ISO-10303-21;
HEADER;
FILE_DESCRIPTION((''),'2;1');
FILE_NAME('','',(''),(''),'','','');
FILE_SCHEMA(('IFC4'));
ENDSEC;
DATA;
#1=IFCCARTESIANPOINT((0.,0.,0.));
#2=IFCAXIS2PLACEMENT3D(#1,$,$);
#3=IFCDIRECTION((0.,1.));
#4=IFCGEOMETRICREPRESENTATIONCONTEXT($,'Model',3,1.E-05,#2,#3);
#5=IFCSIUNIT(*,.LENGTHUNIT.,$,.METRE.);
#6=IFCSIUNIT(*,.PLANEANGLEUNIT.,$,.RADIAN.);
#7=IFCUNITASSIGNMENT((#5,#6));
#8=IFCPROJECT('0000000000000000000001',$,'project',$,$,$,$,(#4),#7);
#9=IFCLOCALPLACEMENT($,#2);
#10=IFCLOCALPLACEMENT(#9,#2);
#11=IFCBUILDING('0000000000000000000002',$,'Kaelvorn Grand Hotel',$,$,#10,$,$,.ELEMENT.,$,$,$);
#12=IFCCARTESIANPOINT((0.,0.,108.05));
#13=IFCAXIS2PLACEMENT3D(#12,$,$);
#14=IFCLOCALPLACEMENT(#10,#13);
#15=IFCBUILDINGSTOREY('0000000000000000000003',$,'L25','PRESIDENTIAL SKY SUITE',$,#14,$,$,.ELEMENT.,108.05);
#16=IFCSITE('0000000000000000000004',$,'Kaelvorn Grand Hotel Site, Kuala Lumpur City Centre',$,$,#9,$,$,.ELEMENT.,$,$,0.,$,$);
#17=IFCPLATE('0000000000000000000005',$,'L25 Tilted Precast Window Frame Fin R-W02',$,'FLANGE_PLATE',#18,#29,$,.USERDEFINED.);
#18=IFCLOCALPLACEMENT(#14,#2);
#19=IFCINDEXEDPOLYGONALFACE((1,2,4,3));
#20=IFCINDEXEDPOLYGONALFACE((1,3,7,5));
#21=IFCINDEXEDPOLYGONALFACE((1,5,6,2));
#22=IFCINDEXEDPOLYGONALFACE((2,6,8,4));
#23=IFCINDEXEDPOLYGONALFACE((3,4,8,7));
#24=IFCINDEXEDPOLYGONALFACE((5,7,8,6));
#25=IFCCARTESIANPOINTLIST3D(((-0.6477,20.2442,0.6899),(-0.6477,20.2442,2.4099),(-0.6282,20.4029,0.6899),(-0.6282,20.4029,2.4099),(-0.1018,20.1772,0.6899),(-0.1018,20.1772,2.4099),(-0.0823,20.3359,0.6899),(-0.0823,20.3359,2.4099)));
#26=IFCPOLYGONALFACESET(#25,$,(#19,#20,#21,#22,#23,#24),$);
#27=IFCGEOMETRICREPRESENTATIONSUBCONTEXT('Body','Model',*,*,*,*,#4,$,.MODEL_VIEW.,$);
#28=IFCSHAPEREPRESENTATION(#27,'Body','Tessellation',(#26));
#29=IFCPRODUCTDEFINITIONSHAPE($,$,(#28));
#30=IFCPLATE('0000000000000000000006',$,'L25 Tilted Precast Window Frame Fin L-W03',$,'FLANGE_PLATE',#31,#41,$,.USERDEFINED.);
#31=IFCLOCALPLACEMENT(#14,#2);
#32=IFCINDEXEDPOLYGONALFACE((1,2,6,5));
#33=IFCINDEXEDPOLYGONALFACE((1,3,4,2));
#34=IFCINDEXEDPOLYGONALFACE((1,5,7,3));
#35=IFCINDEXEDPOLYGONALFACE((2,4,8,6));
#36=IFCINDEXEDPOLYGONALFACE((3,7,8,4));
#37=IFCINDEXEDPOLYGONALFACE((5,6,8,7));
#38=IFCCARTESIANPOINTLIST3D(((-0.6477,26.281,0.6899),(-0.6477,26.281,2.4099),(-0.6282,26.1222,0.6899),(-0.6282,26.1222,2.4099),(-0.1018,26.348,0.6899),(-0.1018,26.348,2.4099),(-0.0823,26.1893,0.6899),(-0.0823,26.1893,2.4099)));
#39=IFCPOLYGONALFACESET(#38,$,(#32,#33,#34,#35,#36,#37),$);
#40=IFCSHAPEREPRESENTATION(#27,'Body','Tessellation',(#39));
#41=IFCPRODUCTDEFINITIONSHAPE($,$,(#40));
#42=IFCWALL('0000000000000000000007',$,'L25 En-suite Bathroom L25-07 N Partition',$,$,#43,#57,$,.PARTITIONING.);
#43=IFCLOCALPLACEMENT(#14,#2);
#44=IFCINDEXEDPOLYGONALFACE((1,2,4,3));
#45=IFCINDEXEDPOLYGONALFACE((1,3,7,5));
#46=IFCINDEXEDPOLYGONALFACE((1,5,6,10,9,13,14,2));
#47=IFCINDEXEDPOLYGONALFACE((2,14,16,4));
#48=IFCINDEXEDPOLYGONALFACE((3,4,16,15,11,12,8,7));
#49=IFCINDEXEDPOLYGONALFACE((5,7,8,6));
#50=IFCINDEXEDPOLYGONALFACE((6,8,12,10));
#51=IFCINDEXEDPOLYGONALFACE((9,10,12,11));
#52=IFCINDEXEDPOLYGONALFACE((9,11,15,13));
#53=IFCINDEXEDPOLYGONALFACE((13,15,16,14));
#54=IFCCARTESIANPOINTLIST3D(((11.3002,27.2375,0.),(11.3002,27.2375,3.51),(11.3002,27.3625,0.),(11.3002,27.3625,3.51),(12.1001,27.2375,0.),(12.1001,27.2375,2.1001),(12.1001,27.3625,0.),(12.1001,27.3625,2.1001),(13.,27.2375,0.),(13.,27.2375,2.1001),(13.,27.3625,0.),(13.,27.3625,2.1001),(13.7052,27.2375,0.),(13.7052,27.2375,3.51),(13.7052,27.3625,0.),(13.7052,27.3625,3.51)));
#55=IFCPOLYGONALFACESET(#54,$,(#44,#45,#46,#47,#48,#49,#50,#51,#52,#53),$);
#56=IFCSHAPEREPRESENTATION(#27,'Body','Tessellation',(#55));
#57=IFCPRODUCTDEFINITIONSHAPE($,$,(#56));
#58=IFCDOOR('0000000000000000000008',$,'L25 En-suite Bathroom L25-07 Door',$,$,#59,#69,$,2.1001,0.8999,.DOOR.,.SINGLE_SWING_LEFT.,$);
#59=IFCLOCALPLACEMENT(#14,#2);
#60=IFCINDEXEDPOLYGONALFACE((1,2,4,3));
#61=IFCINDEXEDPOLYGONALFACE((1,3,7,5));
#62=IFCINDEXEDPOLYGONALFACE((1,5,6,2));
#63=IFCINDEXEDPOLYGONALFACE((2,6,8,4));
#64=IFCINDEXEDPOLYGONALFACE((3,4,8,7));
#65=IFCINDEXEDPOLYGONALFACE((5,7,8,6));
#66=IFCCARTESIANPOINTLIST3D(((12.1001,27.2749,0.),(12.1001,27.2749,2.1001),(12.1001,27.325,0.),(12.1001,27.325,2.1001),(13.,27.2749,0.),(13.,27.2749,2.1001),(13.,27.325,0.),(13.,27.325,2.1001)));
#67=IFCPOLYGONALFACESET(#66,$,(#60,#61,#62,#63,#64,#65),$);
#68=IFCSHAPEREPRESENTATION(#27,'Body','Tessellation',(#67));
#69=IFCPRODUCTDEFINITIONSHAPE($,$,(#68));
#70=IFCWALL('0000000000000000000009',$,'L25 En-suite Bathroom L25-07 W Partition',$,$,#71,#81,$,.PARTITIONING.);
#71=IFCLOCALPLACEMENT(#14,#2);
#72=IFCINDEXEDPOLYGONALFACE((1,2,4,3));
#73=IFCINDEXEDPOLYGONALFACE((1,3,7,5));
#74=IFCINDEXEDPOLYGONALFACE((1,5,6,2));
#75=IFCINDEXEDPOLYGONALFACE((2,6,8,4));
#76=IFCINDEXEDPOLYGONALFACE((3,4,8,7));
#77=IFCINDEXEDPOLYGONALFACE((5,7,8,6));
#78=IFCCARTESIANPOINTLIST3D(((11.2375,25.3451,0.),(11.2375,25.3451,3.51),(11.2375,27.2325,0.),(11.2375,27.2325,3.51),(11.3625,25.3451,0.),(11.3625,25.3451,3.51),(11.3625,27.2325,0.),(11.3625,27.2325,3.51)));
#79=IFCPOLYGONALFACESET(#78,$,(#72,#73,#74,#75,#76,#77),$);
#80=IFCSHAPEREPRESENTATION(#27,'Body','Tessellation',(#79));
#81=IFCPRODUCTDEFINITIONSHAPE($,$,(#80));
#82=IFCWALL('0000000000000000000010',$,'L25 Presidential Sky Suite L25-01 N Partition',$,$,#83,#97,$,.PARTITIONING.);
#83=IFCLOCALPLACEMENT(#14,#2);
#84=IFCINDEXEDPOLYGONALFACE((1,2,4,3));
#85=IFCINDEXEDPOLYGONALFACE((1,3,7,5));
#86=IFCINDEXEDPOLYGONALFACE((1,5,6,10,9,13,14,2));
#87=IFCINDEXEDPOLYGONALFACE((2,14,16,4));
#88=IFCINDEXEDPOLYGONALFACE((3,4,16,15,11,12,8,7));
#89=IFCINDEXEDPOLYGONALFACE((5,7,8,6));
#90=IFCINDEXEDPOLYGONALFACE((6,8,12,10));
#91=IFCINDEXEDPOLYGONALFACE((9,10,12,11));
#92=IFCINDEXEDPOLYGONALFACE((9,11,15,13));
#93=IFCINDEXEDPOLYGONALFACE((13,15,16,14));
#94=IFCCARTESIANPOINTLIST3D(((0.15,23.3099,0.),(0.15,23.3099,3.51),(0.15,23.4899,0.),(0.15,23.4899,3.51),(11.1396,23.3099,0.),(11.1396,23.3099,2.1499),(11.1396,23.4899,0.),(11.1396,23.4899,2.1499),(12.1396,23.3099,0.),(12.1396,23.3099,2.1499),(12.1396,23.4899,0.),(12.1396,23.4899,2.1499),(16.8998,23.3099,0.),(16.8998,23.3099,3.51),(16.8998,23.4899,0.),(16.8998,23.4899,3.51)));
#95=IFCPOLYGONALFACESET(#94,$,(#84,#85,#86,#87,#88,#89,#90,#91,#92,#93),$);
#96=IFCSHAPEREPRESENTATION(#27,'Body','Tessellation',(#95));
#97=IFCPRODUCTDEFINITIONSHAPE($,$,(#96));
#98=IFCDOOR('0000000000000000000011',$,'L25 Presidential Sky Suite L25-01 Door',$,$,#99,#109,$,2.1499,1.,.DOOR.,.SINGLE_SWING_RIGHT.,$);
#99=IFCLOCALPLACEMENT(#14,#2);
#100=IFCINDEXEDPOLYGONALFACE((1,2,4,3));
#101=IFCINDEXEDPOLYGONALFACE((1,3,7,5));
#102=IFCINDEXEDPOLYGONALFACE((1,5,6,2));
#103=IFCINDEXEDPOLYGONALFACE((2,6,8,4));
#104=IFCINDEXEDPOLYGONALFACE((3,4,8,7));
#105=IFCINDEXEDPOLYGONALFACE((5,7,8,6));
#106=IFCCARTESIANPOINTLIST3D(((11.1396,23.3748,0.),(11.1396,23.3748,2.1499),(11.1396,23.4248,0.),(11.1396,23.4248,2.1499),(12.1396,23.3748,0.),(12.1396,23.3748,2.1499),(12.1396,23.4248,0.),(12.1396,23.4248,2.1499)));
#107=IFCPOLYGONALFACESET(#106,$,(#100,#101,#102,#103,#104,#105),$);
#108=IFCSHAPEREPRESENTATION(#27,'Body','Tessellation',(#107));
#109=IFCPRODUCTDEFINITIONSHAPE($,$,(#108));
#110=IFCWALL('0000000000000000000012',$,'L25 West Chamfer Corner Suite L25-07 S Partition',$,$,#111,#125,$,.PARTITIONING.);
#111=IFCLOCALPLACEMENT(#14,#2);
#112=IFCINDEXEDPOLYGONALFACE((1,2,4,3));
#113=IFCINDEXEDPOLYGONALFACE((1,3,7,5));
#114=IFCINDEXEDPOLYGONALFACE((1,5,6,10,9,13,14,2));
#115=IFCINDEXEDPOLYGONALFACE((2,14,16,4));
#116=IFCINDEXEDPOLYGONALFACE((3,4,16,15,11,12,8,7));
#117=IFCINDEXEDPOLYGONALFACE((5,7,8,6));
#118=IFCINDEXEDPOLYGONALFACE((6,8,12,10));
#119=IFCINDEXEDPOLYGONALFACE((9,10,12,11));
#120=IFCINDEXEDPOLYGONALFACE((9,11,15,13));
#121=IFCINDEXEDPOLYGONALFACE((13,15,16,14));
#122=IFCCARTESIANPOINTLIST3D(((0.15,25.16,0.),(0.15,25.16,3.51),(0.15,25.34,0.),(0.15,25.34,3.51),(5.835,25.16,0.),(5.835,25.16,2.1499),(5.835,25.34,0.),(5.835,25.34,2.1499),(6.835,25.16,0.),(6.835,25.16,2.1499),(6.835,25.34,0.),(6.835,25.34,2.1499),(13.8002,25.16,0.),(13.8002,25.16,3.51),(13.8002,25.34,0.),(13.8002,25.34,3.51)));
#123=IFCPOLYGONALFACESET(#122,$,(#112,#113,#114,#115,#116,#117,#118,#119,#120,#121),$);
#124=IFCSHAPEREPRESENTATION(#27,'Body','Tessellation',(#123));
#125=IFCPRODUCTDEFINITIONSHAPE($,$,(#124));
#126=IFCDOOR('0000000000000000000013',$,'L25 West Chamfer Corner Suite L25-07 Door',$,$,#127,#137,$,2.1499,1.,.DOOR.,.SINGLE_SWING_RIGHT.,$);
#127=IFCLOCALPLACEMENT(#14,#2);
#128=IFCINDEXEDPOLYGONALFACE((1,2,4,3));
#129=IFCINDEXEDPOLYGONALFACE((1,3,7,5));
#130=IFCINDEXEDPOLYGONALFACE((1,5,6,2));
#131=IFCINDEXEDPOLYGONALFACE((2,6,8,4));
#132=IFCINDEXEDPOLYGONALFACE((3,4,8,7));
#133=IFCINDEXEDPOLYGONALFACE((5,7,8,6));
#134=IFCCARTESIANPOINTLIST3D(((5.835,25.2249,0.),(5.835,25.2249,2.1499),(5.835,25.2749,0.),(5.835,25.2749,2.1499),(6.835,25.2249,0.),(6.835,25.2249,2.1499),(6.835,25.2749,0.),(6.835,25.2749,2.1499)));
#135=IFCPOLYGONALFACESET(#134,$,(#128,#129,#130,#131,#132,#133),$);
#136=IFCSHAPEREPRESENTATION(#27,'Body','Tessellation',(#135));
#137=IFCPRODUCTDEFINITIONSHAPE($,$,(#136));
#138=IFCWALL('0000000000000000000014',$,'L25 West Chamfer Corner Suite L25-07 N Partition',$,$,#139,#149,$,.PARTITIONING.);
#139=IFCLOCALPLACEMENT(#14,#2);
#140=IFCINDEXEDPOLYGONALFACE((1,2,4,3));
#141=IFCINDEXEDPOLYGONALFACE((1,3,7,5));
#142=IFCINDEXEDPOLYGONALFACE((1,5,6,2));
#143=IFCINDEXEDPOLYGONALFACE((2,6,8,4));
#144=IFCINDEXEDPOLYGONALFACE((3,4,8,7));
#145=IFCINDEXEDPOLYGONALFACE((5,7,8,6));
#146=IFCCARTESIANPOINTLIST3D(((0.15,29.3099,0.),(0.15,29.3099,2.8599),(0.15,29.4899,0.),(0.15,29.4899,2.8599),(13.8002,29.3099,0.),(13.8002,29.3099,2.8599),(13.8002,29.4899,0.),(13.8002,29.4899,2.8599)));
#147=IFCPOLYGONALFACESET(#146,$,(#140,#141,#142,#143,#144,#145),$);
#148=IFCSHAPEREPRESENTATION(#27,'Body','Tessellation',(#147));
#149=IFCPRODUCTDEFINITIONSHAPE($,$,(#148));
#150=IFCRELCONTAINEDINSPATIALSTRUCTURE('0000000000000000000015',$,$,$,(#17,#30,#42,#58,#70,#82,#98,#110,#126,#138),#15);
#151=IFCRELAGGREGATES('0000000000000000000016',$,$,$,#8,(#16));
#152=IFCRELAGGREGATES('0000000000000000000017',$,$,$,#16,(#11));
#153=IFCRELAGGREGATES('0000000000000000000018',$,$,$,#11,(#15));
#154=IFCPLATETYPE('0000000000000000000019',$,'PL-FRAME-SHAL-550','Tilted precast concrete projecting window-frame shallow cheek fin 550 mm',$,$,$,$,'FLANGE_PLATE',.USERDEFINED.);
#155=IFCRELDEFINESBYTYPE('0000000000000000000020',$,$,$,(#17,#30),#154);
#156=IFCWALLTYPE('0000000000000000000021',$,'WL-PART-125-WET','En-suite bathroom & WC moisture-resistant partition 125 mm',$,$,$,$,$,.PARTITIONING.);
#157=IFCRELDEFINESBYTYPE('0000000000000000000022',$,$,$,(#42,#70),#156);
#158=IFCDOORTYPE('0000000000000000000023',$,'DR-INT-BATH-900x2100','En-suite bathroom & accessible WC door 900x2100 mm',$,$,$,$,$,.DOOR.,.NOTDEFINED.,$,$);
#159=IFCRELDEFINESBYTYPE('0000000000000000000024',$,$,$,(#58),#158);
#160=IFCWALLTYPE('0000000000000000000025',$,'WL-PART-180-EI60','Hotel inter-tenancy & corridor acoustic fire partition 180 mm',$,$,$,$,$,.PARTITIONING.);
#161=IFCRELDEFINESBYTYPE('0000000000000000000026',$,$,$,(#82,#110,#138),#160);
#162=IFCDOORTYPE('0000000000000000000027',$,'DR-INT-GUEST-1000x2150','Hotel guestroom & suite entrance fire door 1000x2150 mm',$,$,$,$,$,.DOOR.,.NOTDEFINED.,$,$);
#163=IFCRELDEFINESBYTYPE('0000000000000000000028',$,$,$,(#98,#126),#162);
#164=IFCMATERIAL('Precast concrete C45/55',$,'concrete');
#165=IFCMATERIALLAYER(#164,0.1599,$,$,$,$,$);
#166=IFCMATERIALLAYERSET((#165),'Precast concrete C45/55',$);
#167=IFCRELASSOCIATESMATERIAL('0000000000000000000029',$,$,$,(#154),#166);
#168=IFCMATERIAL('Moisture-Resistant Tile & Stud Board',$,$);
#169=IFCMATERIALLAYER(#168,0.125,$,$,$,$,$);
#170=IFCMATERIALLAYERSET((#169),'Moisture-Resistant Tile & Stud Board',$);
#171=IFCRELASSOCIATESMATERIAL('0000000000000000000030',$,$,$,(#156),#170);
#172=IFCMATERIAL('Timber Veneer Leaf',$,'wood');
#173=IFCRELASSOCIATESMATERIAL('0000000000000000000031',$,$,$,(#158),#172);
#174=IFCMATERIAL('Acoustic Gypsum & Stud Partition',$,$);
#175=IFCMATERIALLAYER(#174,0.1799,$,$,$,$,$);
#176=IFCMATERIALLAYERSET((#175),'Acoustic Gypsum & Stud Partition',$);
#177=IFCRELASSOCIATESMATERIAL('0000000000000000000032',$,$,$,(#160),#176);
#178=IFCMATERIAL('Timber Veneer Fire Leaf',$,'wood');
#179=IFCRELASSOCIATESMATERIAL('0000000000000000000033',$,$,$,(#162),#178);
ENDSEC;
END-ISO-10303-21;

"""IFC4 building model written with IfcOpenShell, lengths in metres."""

from ifc_helpers import new_model, si_unit, direction, frame, frame_2d, origin, origin_2d, place, context, subcontext, project, spatial, rectangle, extrude, material, layer, layer_set, type_object, element, fill, save


model = new_model("IFC4")

# Units and contexts
model_context = context("Model", 3, precision=1e-05, world=origin(), true_north=direction((0.0, 1.0)))
body_context = subcontext(model_context, "Body", "Model", "MODEL_VIEW")
ifc_project = project(units=[si_unit("LENGTHUNIT", "METRE"), si_unit("PLANEANGLEUNIT", "RADIAN")], contexts=[model_context])

# Site, building, storey
site_placement = place(None, origin())
site = spatial("IfcSite", under=ifc_project, at=site_placement, Name="Kaelvorn Grand Hotel Site, Kuala Lumpur City Centre", CompositionType="ELEMENT", RefElevation=0.0)
building_placement = place(site_placement, origin())
building = spatial("IfcBuilding", under=site, at=building_placement, Name="Kaelvorn Grand Hotel", CompositionType="ELEMENT")
storey_placement = place(building_placement, frame((0.0, 0.0, 108.05)))
storey = spatial("IfcBuildingStorey", under=building, at=storey_placement, Name="L25", Description="PRESIDENTIAL SKY SUITE", CompositionType="ELEMENT", Elevation=108.05)

# Plates
ifc_material_1 = material(Name="Precast concrete C45/55", Category="concrete")
ifc_layer_1 = layer(ifc_material_1, 0.1599)
ifc_layer_set_1 = layer_set([ifc_layer_1], Name="Precast concrete C45/55")
plate_type_1 = type_object("IfcPlateType", Name="PL-FRAME-SHAL-550", Description="Tilted precast concrete projecting window-frame shallow cheek fin 550 mm", ElementType="FLANGE_PLATE", PredefinedType="USERDEFINED", material=ifc_layer_set_1)
for number, where, z_axis, x_axis, name in (
    (1, (-0.365, 20.29, 0.6899), (0.0, 0.0, 1.0), (0.121869, 0.992546, 0.0), "L25 Tilted Precast Window Frame Fin R-W02"),
    (2, (-0.365, 26.2351, 0.6899), (0.0, 0.0, 1.0), (-0.121869, 0.992546, 0.0), "L25 Tilted Precast Window Frame Fin L-W03"),
):
    element("IfcPlate", number, at=place(storey_placement, frame(where, z_axis=z_axis, x_axis=x_axis)), inside=storey, type_object=plate_type_1, Name=name, ObjectType="FLANGE_PLATE", PredefinedType="USERDEFINED", context=body_context, shape_type="SweptSolid", body=[
        extrude(rectangle(XDim=0.1599, YDim=0.55, at=origin_2d()), origin(), (0.0, 0.0, 1.0), 1.72),
    ])

# Wall, opening, door
ifc_material_2 = material(Name="Moisture-Resistant Tile & Stud Board")
ifc_layer_2 = layer(ifc_material_2, 0.125)
ifc_layer_set_2 = layer_set([ifc_layer_2], Name="Moisture-Resistant Tile & Stud Board")
wall_type_1 = type_object("IfcWallType", Name="WL-PART-125-WET", Description="En-suite bathroom & WC moisture-resistant partition 125 mm", PredefinedType="PARTITIONING", material=ifc_layer_set_2)
wall_1_placement = place(storey_placement, frame((11.3, 27.3, 0.0), z_axis=(0.0, 0.0, 1.0), x_axis=(1.0, 0.0, 0.0)))
wall_1 = element("IfcWall", 3, at=wall_1_placement, inside=storey, type_object=wall_type_1, Name="L25 En-suite Bathroom L25-07 N Partition", PredefinedType="PARTITIONING", context=body_context, shape_type="SweptSolid", body=[
    extrude(rectangle(XDim=2.405, YDim=0.125, at=frame_2d((1.2026, 0.0))), origin(), (0.0, 0.0, 1.0), 3.51),
])
opening_1_placement = place(wall_1_placement, frame((0.8, 0.0, 0.0)))
opening_1 = element("IfcOpeningElement", 4, at=opening_1_placement, cuts=wall_1, PredefinedType="OPENING", context=body_context, shape_type="SweptSolid", body=[
    extrude(rectangle(XDim=0.8999, YDim=2.1001, at=frame_2d((0.45, 1.05))), frame((0.0, 0.0725, 0.0), z_axis=(0.0, -1.0, 0.0), x_axis=(1.0, 0.0, 0.0)), (0.0, 0.0, 1.0), 0.145),
])
ifc_material_3 = material(Name="Timber Veneer Leaf", Category="wood")
door_type_1 = type_object("IfcDoorType", Name="DR-INT-BATH-900x2100", Description="En-suite bathroom & accessible WC door 900x2100 mm", OperationType="NOTDEFINED", PredefinedType="DOOR", material=ifc_material_3)
door_1_placement = place(opening_1_placement, origin())
door_1 = element("IfcDoor", 5, at=door_1_placement, inside=storey, type_object=door_type_1, Name="L25 En-suite Bathroom L25-07 Door", OperationType="SINGLE_SWING_LEFT", OverallHeight=2.1001, OverallWidth=0.8999, PredefinedType="DOOR", context=body_context, shape_type="SweptSolid", body=[
    extrude(rectangle(XDim=0.8999, YDim=2.1001, at=frame_2d((0.45, 1.05))), frame((0.0, 0.0249, 0.0), z_axis=(0.0, -1.0, 0.0), x_axis=(1.0, 0.0, 0.0)), (0.0, 0.0, 1.0), 0.05),
])
fill(opening_1, door_1)

# Wall
wall_2_placement = place(storey_placement, frame((11.3, 25.345, 0.0), z_axis=(0.0, 0.0, 1.0), x_axis=(0.0, 1.0, 0.0)))
element("IfcWall", 6, at=wall_2_placement, inside=storey, type_object=wall_type_1, Name="L25 En-suite Bathroom L25-07 W Partition", PredefinedType="PARTITIONING", context=body_context, shape_type="SweptSolid", body=[
    extrude(rectangle(XDim=1.8875, YDim=0.125, at=frame_2d((0.9438, 0.0))), origin(), (0.0, 0.0, 1.0), 3.51),
])

# Walls, openings, doors
ifc_material_4 = material(Name="Acoustic Gypsum & Stud Partition")
ifc_layer_3 = layer(ifc_material_4, 0.1799)
ifc_layer_set_3 = layer_set([ifc_layer_3], Name="Acoustic Gypsum & Stud Partition")
wall_type_2 = type_object("IfcWallType", Name="WL-PART-180-EI60", Description="Hotel inter-tenancy & corridor acoustic fire partition 180 mm", PredefinedType="PARTITIONING", material=ifc_layer_set_3)
wall_3_placement = place(storey_placement, frame((0.1499, 23.3999, 0.0), z_axis=(0.0, 0.0, 1.0), x_axis=(1.0, 0.0, 0.0)))
wall_3 = element("IfcWall", 7, at=wall_3_placement, inside=storey, type_object=wall_type_2, Name="L25 Presidential Sky Suite L25-01 N Partition", PredefinedType="PARTITIONING", context=body_context, shape_type="SweptSolid", body=[
    extrude(rectangle(XDim=16.7498, YDim=0.1799, at=frame_2d((8.375, 0.0))), origin(), (0.0, 0.0, 1.0), 3.51),
])
opening_2_placement = place(wall_3_placement, frame((10.9897, 0.0, 0.0)))
opening_2 = element("IfcOpeningElement", 8, at=opening_2_placement, cuts=wall_3, PredefinedType="OPENING", context=body_context, shape_type="SweptSolid", body=[
    extrude(rectangle(XDim=1.0, YDim=2.1499, at=frame_2d((0.5, 1.075))), frame((0.0, 0.1001, 0.0), z_axis=(0.0, -1.0, 0.0), x_axis=(1.0, 0.0, 0.0)), (0.0, 0.0, 1.0), 0.2),
])
ifc_material_5 = material(Name="Timber Veneer Fire Leaf", Category="wood")
door_type_2 = type_object("IfcDoorType", Name="DR-INT-GUEST-1000x2150", Description="Hotel guestroom & suite entrance fire door 1000x2150 mm", OperationType="NOTDEFINED", PredefinedType="DOOR", material=ifc_material_5)
door_2_placement = place(opening_2_placement, origin())
door_2 = element("IfcDoor", 9, at=door_2_placement, inside=storey, type_object=door_type_2, Name="L25 Presidential Sky Suite L25-01 Door", OperationType="SINGLE_SWING_RIGHT", OverallHeight=2.1499, OverallWidth=1.0, PredefinedType="DOOR", context=body_context, shape_type="SweptSolid", body=[
    extrude(rectangle(XDim=1.0, YDim=2.1499, at=frame_2d((0.5, 1.075))), frame((0.0, 0.0249, 0.0), z_axis=(0.0, -1.0, 0.0), x_axis=(1.0, 0.0, 0.0)), (0.0, 0.0, 1.0), 0.05),
])
fill(opening_2, door_2)
wall_4_placement = place(storey_placement, frame((0.1499, 25.25, 0.0), z_axis=(0.0, 0.0, 1.0), x_axis=(1.0, 0.0, 0.0)))
wall_4 = element("IfcWall", 10, at=wall_4_placement, inside=storey, type_object=wall_type_2, Name="L25 West Chamfer Corner Suite L25-07 S Partition", PredefinedType="PARTITIONING", context=body_context, shape_type="SweptSolid", body=[
    extrude(rectangle(XDim=13.6501, YDim=0.1799, at=frame_2d((6.8252, 0.0))), origin(), (0.0, 0.0, 1.0), 3.51),
])
opening_3_placement = place(wall_4_placement, frame((5.6851, 0.0, 0.0)))
opening_3 = element("IfcOpeningElement", 11, at=opening_3_placement, cuts=wall_4, PredefinedType="OPENING", context=body_context, shape_type="SweptSolid", body=[
    extrude(rectangle(XDim=1.0, YDim=2.1499, at=frame_2d((0.5, 1.075))), frame((0.0, 0.1001, 0.0), z_axis=(0.0, -1.0, 0.0), x_axis=(1.0, 0.0, 0.0)), (0.0, 0.0, 1.0), 0.2),
])
door_3_placement = place(opening_3_placement, origin())
door_3 = element("IfcDoor", 12, at=door_3_placement, inside=storey, type_object=door_type_2, Name="L25 West Chamfer Corner Suite L25-07 Door", OperationType="SINGLE_SWING_RIGHT", OverallHeight=2.1499, OverallWidth=1.0, PredefinedType="DOOR", context=body_context, shape_type="SweptSolid", body=[
    extrude(rectangle(XDim=1.0, YDim=2.1499, at=frame_2d((0.5, 1.075))), frame((0.0, 0.0249, 0.0), z_axis=(0.0, -1.0, 0.0), x_axis=(1.0, 0.0, 0.0)), (0.0, 0.0, 1.0), 0.05),
])
fill(opening_3, door_3)

# Wall
wall_5_placement = place(storey_placement, frame((0.1499, 29.3999, 0.0), z_axis=(0.0, 0.0, 1.0), x_axis=(1.0, 0.0, 0.0)))
element("IfcWall", 13, at=wall_5_placement, inside=storey, type_object=wall_type_2, Name="L25 West Chamfer Corner Suite L25-07 N Partition", PredefinedType="PARTITIONING", context=body_context, shape_type="SweptSolid", body=[
    extrude(rectangle(XDim=13.6501, YDim=0.1799, at=frame_2d((6.8252, 0.0))), origin(), (0.0, 0.0, 1.0), 2.8599),
])

save(model, "model.ifc")
